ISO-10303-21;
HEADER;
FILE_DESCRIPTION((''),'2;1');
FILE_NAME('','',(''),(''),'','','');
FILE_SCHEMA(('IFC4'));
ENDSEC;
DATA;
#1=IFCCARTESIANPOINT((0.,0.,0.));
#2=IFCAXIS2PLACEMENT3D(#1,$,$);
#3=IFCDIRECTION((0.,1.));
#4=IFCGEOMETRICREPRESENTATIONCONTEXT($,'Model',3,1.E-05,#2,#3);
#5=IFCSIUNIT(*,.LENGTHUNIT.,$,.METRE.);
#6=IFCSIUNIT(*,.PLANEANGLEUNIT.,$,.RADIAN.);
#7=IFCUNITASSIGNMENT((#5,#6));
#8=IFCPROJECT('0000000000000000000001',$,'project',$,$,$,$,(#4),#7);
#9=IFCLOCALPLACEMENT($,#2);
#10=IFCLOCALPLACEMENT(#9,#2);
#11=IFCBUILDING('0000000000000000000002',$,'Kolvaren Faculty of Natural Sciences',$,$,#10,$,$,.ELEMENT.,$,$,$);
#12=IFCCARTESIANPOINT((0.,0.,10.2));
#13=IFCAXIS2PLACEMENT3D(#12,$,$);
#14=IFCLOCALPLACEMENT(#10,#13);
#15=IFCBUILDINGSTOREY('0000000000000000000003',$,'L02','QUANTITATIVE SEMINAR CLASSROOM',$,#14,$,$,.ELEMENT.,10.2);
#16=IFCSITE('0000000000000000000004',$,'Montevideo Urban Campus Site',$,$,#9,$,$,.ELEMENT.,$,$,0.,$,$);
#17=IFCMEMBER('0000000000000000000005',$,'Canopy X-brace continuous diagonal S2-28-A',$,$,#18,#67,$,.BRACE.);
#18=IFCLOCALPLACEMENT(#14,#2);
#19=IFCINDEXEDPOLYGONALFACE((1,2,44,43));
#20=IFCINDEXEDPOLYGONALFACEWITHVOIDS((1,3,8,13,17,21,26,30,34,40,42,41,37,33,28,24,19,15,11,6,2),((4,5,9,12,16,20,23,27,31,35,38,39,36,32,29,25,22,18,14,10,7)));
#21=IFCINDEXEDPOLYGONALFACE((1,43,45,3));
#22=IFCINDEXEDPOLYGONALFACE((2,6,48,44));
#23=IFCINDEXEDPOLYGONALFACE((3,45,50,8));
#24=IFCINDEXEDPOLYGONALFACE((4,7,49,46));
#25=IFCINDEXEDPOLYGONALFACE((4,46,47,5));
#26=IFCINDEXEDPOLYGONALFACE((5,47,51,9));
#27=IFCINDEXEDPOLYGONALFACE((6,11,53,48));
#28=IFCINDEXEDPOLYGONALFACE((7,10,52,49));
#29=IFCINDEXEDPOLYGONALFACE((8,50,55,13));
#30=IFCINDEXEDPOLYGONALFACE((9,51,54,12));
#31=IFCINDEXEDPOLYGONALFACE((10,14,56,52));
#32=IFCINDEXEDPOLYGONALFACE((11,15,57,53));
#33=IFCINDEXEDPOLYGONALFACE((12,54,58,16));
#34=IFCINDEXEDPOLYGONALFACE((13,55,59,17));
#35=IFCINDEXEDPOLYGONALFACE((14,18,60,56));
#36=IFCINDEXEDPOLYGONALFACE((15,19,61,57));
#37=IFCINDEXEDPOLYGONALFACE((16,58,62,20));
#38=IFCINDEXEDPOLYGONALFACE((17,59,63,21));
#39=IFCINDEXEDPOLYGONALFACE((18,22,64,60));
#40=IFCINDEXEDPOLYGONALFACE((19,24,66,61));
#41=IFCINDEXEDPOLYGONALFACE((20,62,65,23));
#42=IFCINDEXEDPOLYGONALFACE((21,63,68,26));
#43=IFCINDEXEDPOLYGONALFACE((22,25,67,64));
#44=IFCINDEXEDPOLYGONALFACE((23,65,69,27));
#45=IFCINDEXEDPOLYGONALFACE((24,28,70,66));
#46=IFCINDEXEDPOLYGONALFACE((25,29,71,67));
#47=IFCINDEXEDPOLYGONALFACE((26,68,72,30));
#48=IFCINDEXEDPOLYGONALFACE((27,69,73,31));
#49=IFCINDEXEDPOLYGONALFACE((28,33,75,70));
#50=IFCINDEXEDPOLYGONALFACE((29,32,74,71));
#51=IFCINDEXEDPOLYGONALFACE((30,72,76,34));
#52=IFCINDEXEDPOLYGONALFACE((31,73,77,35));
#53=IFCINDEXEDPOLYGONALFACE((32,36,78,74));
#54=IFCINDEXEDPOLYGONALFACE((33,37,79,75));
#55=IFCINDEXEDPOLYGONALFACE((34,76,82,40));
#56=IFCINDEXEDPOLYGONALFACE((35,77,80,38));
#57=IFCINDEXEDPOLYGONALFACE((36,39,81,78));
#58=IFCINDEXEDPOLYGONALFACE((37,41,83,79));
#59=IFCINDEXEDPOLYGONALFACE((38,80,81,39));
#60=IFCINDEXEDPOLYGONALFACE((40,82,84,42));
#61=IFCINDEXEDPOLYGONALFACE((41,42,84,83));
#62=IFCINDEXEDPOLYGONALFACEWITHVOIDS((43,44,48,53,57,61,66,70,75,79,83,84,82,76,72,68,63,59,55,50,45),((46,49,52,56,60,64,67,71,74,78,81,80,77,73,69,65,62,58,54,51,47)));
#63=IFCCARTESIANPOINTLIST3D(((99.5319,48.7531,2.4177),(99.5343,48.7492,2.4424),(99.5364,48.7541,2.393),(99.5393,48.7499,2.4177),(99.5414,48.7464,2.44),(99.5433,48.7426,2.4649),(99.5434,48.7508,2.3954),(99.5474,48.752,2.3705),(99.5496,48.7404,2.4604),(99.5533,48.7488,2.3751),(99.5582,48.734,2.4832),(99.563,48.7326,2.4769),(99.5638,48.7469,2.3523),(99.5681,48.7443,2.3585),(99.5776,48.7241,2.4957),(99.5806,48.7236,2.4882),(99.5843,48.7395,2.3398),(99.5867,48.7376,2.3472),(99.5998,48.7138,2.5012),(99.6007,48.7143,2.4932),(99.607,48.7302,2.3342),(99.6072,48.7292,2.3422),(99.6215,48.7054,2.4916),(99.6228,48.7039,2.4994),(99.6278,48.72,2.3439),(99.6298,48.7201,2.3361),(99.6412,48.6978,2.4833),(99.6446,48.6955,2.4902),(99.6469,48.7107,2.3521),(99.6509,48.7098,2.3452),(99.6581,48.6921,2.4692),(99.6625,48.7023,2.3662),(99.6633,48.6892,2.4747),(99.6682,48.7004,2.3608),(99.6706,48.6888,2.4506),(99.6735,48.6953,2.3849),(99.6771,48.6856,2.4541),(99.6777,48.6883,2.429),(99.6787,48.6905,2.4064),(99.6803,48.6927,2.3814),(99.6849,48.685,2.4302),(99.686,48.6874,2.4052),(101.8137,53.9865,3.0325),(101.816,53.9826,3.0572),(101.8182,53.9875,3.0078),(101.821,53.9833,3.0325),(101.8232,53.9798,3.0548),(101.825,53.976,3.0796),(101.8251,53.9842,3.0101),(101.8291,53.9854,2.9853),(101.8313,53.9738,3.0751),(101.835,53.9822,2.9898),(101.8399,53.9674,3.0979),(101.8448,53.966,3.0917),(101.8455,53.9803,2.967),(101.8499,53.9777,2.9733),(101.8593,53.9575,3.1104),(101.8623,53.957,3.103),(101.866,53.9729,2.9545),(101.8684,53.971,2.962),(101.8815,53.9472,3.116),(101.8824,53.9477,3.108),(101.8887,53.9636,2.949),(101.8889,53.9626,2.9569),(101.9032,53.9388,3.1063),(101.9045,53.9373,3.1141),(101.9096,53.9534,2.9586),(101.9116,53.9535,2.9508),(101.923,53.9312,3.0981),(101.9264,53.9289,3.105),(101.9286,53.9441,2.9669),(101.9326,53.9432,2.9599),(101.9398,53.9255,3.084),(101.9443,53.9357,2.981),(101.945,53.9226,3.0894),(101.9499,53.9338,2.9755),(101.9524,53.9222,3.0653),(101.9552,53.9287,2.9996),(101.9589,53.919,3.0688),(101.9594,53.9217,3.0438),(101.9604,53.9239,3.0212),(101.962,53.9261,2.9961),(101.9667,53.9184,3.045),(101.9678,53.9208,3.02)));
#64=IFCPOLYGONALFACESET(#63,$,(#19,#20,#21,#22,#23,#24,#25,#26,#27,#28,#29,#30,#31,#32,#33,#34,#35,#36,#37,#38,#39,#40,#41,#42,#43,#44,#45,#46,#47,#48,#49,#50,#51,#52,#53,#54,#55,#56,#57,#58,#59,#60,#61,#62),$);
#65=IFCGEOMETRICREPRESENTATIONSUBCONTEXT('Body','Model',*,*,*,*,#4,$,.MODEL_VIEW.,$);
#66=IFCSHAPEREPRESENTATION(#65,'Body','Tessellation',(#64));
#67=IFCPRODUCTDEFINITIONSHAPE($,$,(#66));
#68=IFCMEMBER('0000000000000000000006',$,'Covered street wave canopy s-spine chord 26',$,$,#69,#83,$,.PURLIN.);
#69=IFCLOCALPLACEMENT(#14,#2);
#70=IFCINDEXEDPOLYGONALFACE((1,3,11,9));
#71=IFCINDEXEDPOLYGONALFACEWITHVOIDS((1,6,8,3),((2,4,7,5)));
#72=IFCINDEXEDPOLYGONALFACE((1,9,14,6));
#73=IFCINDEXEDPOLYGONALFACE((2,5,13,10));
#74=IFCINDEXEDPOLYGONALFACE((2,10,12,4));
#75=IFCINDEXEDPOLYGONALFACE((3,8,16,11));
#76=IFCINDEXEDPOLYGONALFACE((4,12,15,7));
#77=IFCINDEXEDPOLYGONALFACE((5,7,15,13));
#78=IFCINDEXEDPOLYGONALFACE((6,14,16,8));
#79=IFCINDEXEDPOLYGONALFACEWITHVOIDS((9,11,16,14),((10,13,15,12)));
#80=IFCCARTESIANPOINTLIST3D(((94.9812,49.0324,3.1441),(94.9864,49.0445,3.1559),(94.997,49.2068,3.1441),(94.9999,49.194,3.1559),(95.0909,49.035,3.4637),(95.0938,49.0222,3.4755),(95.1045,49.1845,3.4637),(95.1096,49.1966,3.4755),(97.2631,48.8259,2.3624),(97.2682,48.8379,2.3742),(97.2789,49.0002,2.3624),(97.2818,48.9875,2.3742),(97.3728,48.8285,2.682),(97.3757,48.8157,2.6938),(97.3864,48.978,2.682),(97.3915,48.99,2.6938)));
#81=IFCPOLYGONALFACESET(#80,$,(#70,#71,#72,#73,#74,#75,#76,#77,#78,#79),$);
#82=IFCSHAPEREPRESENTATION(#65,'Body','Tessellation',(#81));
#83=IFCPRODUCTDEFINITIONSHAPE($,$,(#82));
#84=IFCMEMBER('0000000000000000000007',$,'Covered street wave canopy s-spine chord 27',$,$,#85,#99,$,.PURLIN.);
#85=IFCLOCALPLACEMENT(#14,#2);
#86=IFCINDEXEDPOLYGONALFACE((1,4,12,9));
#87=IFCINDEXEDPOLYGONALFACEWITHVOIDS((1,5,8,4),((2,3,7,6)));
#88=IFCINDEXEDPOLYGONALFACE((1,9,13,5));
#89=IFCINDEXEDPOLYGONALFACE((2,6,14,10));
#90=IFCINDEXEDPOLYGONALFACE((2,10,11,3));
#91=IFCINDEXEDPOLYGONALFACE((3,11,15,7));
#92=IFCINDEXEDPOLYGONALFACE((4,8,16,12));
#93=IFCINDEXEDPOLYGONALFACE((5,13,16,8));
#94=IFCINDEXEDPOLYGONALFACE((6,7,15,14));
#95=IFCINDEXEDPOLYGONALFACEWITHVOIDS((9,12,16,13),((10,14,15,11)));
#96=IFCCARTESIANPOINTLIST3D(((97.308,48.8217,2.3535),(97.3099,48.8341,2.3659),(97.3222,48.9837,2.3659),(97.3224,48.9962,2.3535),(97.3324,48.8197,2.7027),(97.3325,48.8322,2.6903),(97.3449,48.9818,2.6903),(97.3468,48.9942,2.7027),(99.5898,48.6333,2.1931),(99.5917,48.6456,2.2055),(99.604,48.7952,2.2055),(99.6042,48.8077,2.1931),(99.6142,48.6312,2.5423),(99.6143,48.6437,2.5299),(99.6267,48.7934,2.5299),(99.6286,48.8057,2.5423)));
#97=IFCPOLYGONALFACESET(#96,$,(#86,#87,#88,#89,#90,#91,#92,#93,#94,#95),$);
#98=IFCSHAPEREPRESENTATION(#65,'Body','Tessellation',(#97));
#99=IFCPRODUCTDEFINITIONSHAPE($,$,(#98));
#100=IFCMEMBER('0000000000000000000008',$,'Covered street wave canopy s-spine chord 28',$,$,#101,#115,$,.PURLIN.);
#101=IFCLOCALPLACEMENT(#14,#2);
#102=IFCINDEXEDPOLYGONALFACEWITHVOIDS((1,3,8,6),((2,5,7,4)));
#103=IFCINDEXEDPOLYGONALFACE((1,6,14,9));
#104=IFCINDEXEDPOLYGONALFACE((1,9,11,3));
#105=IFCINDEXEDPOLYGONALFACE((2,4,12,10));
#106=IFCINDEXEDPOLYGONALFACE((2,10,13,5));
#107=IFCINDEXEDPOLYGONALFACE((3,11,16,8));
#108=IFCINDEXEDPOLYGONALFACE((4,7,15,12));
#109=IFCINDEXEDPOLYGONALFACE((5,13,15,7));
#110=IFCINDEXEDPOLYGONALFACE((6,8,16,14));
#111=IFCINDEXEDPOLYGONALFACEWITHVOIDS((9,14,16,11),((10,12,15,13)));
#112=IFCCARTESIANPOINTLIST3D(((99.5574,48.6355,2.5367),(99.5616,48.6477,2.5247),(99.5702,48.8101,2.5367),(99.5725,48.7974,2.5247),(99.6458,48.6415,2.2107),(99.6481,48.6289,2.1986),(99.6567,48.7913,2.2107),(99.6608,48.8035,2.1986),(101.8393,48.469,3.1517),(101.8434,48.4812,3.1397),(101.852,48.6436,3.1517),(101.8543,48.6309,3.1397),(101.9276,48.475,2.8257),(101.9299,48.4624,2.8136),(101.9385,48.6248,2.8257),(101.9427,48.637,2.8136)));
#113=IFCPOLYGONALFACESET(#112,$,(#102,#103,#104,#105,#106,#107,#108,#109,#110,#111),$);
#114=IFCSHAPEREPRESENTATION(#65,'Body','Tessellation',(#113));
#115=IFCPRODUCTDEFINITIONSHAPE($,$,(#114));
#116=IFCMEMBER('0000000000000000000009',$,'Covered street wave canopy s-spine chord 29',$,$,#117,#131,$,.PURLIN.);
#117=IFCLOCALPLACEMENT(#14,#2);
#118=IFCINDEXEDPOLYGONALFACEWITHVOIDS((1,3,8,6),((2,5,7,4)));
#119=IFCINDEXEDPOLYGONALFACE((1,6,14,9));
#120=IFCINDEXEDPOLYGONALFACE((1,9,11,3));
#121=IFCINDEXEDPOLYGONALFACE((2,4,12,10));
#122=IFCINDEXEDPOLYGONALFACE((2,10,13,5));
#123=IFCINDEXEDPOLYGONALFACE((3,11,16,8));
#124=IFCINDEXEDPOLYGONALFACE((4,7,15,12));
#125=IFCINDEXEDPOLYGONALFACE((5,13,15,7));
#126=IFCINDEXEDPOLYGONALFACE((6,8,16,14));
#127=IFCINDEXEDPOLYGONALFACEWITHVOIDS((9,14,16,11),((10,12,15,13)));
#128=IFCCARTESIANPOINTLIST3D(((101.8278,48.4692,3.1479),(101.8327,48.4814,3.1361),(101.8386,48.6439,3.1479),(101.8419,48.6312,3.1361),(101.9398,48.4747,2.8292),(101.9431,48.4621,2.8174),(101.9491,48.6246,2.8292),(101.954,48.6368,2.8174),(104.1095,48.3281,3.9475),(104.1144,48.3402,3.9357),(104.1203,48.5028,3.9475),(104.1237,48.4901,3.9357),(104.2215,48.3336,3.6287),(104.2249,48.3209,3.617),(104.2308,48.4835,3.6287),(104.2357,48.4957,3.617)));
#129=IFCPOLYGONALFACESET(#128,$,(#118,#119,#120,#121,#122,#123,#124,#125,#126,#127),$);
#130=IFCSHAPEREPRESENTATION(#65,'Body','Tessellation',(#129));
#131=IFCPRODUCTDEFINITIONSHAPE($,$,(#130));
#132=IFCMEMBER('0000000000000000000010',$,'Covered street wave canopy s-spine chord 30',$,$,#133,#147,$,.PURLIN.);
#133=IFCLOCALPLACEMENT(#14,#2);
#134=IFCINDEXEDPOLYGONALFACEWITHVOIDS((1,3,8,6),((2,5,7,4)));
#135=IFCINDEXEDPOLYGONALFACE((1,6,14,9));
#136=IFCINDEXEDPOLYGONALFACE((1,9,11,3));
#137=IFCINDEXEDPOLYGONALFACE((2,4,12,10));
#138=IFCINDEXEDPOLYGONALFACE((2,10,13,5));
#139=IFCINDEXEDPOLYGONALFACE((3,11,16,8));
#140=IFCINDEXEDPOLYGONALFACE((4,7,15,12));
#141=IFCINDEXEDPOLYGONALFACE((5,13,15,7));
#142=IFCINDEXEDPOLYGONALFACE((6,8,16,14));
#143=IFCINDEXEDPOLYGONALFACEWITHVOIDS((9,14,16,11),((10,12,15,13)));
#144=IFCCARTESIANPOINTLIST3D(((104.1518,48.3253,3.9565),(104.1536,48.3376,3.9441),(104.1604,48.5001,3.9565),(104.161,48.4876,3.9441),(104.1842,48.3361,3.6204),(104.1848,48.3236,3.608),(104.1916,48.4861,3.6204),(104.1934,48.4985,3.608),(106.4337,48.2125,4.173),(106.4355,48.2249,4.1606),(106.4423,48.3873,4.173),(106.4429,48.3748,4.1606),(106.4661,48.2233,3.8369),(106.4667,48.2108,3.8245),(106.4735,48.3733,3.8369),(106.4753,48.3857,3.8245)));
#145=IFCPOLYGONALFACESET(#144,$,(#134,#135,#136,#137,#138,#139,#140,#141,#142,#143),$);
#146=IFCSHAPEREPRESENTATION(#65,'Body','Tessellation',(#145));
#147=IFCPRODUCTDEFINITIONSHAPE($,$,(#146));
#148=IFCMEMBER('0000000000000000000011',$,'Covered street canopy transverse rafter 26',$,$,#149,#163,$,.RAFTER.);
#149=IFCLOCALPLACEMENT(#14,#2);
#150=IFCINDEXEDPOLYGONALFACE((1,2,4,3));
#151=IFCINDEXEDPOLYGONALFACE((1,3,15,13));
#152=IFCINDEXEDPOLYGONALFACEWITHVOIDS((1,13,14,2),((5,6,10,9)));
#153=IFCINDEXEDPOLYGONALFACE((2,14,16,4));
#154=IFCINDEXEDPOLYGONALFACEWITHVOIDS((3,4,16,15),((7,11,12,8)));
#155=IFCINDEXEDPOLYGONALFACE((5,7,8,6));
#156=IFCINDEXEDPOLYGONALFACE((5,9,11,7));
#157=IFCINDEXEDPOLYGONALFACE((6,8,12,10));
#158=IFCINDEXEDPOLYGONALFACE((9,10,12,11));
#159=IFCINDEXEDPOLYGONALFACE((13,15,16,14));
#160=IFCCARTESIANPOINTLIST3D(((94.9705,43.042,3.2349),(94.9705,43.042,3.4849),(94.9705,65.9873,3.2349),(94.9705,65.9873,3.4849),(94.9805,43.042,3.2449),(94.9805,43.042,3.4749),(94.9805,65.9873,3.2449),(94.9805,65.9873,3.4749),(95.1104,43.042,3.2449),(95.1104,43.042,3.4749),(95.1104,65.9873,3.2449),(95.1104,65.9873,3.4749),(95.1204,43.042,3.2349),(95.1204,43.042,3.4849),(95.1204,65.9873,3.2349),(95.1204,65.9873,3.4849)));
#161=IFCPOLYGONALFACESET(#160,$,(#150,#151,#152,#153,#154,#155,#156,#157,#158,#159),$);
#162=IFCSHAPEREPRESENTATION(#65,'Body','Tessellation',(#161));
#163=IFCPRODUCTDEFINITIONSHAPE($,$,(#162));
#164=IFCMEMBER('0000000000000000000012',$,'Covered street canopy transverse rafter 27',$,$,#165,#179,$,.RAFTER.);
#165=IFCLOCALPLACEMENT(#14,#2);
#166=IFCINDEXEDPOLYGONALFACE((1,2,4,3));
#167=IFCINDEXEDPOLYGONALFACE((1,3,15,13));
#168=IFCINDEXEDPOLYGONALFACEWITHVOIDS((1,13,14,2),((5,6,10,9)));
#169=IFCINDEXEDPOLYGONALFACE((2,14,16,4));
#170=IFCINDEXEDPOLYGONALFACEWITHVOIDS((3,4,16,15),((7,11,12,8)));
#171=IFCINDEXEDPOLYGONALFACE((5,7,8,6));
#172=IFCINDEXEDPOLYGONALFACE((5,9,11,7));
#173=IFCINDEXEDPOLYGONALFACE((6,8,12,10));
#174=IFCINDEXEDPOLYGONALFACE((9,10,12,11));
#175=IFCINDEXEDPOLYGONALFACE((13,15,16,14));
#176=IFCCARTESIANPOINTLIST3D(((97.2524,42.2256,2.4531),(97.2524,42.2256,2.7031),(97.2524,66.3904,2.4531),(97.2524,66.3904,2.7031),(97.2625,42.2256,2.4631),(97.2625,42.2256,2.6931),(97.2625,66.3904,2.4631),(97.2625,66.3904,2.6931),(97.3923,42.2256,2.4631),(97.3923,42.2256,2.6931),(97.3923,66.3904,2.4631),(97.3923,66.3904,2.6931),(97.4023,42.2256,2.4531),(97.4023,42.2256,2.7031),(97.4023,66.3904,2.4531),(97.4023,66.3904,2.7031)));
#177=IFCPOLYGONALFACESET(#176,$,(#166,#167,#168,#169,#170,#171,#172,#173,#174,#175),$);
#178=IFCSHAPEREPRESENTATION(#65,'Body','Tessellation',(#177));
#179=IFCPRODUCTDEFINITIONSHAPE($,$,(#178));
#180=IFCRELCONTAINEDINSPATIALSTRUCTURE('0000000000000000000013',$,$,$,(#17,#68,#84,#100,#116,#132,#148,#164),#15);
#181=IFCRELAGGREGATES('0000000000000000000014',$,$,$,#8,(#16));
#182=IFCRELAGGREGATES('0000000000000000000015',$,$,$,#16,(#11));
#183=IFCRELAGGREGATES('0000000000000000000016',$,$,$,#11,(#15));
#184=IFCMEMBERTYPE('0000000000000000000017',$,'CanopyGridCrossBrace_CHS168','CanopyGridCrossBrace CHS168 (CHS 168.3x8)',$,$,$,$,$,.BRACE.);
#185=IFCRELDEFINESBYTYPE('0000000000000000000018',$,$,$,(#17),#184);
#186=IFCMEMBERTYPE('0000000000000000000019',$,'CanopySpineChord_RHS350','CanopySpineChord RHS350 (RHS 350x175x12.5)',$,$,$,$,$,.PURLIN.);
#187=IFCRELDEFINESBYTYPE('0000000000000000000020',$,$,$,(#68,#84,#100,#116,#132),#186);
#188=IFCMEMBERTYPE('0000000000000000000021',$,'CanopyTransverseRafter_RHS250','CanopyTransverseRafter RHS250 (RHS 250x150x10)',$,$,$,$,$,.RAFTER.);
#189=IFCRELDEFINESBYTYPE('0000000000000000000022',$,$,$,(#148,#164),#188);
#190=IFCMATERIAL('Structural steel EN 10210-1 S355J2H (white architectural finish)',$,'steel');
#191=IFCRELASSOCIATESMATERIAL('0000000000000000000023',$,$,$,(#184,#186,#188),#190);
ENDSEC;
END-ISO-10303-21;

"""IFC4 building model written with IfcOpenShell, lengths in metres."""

from ifc_helpers import new_model, si_unit, direction, frame, origin, origin_2d, place, context, subcontext, project, spatial, hollow_rectangle, hollow_circle, extrude, material, material_profile, profile_set, type_object, element, save


model = new_model("IFC4")

# Units and contexts
model_context = context("Model", 3, precision=1e-05, world=origin(), true_north=direction((0.0, 1.0)))
body_context = subcontext(model_context, "Body", "Model", "MODEL_VIEW")
ifc_project = project(units=[si_unit("LENGTHUNIT", "METRE"), si_unit("PLANEANGLEUNIT", "RADIAN")], contexts=[model_context])

# Site, building, storey
site_placement = place(None, origin())
site = spatial("IfcSite", under=ifc_project, at=site_placement, Name="Montevideo Urban Campus Site", CompositionType="ELEMENT", RefElevation=0.0)
building_placement = place(site_placement, origin())
building = spatial("IfcBuilding", under=site, at=building_placement, Name="Kolvaren Faculty of Natural Sciences", CompositionType="ELEMENT")
storey_placement = place(building_placement, frame((0.0, 0.0, 10.2)))
storey = spatial("IfcBuildingStorey", under=building, at=storey_placement, Name="L02", Description="QUANTITATIVE SEMINAR CLASSROOM", CompositionType="ELEMENT", Elevation=10.2)

# Members
ifc_material_1 = material(Name="Structural steel EN 10210-1 S355J2H (white architectural finish)", Category="steel")
ifc_material_profile_1 = material_profile(ifc_material_1, hollow_circle(Radius=0.0842, WallThickness=0.0081, at=origin_2d()), Name="CHS 168.3x8")
ifc_profile_set_1 = profile_set([ifc_material_profile_1], Name="Structural steel EN 10210-1 S355J2H (white architectural finish)")
member_type_1 = type_object("IfcMemberType", Name="CanopyGridCrossBrace_CHS168", Description="CanopyGridCrossBrace CHS168 (CHS 168.3x8)", PredefinedType="BRACE", material=ifc_profile_set_1)
member_1_placement = place(storey_placement, frame((99.6091, 48.7195, 2.4177), z_axis=(0.397364, 0.911395, 0.107058), x_axis=(-0.916663, 0.399661, 0.0)))
element("IfcMember", 1, at=member_1_placement, inside=storey, type_object=member_type_1, Name="Canopy X-brace continuous diagonal S2-28-A", PredefinedType="BRACE", context=body_context, shape_type="SweptSolid", body=[
    extrude(hollow_circle(Radius=0.0842, WallThickness=0.0081, at=origin_2d()), origin(), (0.0, 0.0, 1.0), 5.7422),
])
ifc_material_profile_2 = material_profile(ifc_material_1, hollow_rectangle(XDim=0.175, YDim=0.3501, WallThickness=0.0125, at=origin_2d()), Name="RHS 350x175x12.5")
ifc_profile_set_2 = profile_set([ifc_material_profile_2], Name="Structural steel EN 10210-1 S355J2H (white architectural finish)")
member_type_2 = type_object("IfcMemberType", Name="CanopySpineChord_RHS350", Description="CanopySpineChord RHS350 (RHS 350x175x12.5)", PredefinedType="PURLIN", material=ifc_profile_set_2)
member_2_placement = place(storey_placement, frame((95.0454, 49.1145, 3.3098), z_axis=(0.94258, -0.085313, -0.3229), x_axis=(0.090142, 0.995929, 0.0)))
element("IfcMember", 2, at=member_2_placement, inside=storey, type_object=member_type_2, Name="Covered street wave canopy s-spine chord 26", PredefinedType="PURLIN", context=body_context, shape_type="SweptSolid", body=[
    extrude(hollow_rectangle(XDim=0.175, YDim=0.3501, WallThickness=0.0125, at=origin_2d()), origin(), (0.0, 0.0, 1.0), 2.4209),
])
member_3_placement = place(storey_placement, frame((97.3274, 48.908, 2.5281), z_axis=(0.994169, -0.082121, -0.069888), x_axis=(0.082322, 0.996606, 0.0)))
element("IfcMember", 3, at=member_3_placement, inside=storey, type_object=member_type_2, Name="Covered street wave canopy s-spine chord 27", PredefinedType="PURLIN", context=body_context, shape_type="SweptSolid", body=[
    extrude(hollow_rectangle(XDim=0.175, YDim=0.3501, WallThickness=0.0125, at=origin_2d()), origin(), (0.0, 0.0, 1.0), 2.2952),
])
member_4_placement = place(storey_placement, frame((99.6091, 48.7195, 2.3677), z_axis=(0.963156, -0.070284, 0.259597), x_axis=(0.072779, 0.997348, 0.0)))
element("IfcMember", 4, at=member_4_placement, inside=storey, type_object=member_type_2, Name="Covered street wave canopy s-spine chord 28", PredefinedType="PURLIN", context=body_context, shape_type="SweptSolid", body=[
    extrude(hollow_rectangle(XDim=0.175, YDim=0.3501, WallThickness=0.0125, at=origin_2d()), origin(), (0.0, 0.0, 1.0), 2.3691),
])
member_5_placement = place(storey_placement, frame((101.8909, 48.553, 2.9827), z_axis=(0.942132, -0.058266, 0.330139), x_axis=(0.061727, 0.998093, 0.0)))
element("IfcMember", 5, at=member_5_placement, inside=storey, type_object=member_type_2, Name="Covered street wave canopy s-spine chord 29", PredefinedType="PURLIN", context=body_context, shape_type="SweptSolid", body=[
    extrude(hollow_rectangle(XDim=0.175, YDim=0.3501, WallThickness=0.0125, at=origin_2d()), origin(), (0.0, 0.0, 1.0), 2.4219),
])
member_6_placement = place(storey_placement, frame((104.1726, 48.4119, 3.7822), z_axis=(0.994324, -0.049147, 0.094358), x_axis=(0.049367, 0.998781, 0.0)))
element("IfcMember", 6, at=member_6_placement, inside=storey, type_object=member_type_2, Name="Covered street wave canopy s-spine chord 30", PredefinedType="PURLIN", context=body_context, shape_type="SweptSolid", body=[
    extrude(hollow_rectangle(XDim=0.175, YDim=0.3501, WallThickness=0.0125, at=origin_2d()), origin(), (0.0, 0.0, 1.0), 2.2949),
])
ifc_material_profile_3 = material_profile(ifc_material_1, hollow_rectangle(XDim=0.1499, YDim=0.25, WallThickness=0.01, at=origin_2d()), Name="RHS 250x150x10")
ifc_profile_set_3 = profile_set([ifc_material_profile_3], Name="Structural steel EN 10210-1 S355J2H (white architectural finish)")
member_type_3 = type_object("IfcMemberType", Name="CanopyTransverseRafter_RHS250", Description="CanopyTransverseRafter RHS250 (RHS 250x150x10)", PredefinedType="RAFTER", material=ifc_profile_set_3)
member_7_placement = place(storey_placement, frame((95.0454, 43.042, 3.3599), z_axis=(0.0, 1.0, 0.0), x_axis=(-1.0, 0.0, 0.0)))
element("IfcMember", 7, at=member_7_placement, inside=storey, type_object=member_type_3, Name="Covered street canopy transverse rafter 26", PredefinedType="RAFTER", context=body_context, shape_type="SweptSolid", body=[
    extrude(hollow_rectangle(XDim=0.1499, YDim=0.25, WallThickness=0.01, at=origin_2d()), origin(), (0.0, 0.0, 1.0), 22.9453),
])
member_8_placement = place(storey_placement, frame((97.3274, 42.2256, 2.5781), z_axis=(0.0, 1.0, 0.0), x_axis=(-1.0, 0.0, 0.0)))
element("IfcMember", 8, at=member_8_placement, inside=storey, type_object=member_type_3, Name="Covered street canopy transverse rafter 27", PredefinedType="RAFTER", context=body_context, shape_type="SweptSolid", body=[
    extrude(hollow_rectangle(XDim=0.1499, YDim=0.25, WallThickness=0.01, at=origin_2d()), origin(), (0.0, 0.0, 1.0), 24.1648),
])

save(model, "model.ifc")
